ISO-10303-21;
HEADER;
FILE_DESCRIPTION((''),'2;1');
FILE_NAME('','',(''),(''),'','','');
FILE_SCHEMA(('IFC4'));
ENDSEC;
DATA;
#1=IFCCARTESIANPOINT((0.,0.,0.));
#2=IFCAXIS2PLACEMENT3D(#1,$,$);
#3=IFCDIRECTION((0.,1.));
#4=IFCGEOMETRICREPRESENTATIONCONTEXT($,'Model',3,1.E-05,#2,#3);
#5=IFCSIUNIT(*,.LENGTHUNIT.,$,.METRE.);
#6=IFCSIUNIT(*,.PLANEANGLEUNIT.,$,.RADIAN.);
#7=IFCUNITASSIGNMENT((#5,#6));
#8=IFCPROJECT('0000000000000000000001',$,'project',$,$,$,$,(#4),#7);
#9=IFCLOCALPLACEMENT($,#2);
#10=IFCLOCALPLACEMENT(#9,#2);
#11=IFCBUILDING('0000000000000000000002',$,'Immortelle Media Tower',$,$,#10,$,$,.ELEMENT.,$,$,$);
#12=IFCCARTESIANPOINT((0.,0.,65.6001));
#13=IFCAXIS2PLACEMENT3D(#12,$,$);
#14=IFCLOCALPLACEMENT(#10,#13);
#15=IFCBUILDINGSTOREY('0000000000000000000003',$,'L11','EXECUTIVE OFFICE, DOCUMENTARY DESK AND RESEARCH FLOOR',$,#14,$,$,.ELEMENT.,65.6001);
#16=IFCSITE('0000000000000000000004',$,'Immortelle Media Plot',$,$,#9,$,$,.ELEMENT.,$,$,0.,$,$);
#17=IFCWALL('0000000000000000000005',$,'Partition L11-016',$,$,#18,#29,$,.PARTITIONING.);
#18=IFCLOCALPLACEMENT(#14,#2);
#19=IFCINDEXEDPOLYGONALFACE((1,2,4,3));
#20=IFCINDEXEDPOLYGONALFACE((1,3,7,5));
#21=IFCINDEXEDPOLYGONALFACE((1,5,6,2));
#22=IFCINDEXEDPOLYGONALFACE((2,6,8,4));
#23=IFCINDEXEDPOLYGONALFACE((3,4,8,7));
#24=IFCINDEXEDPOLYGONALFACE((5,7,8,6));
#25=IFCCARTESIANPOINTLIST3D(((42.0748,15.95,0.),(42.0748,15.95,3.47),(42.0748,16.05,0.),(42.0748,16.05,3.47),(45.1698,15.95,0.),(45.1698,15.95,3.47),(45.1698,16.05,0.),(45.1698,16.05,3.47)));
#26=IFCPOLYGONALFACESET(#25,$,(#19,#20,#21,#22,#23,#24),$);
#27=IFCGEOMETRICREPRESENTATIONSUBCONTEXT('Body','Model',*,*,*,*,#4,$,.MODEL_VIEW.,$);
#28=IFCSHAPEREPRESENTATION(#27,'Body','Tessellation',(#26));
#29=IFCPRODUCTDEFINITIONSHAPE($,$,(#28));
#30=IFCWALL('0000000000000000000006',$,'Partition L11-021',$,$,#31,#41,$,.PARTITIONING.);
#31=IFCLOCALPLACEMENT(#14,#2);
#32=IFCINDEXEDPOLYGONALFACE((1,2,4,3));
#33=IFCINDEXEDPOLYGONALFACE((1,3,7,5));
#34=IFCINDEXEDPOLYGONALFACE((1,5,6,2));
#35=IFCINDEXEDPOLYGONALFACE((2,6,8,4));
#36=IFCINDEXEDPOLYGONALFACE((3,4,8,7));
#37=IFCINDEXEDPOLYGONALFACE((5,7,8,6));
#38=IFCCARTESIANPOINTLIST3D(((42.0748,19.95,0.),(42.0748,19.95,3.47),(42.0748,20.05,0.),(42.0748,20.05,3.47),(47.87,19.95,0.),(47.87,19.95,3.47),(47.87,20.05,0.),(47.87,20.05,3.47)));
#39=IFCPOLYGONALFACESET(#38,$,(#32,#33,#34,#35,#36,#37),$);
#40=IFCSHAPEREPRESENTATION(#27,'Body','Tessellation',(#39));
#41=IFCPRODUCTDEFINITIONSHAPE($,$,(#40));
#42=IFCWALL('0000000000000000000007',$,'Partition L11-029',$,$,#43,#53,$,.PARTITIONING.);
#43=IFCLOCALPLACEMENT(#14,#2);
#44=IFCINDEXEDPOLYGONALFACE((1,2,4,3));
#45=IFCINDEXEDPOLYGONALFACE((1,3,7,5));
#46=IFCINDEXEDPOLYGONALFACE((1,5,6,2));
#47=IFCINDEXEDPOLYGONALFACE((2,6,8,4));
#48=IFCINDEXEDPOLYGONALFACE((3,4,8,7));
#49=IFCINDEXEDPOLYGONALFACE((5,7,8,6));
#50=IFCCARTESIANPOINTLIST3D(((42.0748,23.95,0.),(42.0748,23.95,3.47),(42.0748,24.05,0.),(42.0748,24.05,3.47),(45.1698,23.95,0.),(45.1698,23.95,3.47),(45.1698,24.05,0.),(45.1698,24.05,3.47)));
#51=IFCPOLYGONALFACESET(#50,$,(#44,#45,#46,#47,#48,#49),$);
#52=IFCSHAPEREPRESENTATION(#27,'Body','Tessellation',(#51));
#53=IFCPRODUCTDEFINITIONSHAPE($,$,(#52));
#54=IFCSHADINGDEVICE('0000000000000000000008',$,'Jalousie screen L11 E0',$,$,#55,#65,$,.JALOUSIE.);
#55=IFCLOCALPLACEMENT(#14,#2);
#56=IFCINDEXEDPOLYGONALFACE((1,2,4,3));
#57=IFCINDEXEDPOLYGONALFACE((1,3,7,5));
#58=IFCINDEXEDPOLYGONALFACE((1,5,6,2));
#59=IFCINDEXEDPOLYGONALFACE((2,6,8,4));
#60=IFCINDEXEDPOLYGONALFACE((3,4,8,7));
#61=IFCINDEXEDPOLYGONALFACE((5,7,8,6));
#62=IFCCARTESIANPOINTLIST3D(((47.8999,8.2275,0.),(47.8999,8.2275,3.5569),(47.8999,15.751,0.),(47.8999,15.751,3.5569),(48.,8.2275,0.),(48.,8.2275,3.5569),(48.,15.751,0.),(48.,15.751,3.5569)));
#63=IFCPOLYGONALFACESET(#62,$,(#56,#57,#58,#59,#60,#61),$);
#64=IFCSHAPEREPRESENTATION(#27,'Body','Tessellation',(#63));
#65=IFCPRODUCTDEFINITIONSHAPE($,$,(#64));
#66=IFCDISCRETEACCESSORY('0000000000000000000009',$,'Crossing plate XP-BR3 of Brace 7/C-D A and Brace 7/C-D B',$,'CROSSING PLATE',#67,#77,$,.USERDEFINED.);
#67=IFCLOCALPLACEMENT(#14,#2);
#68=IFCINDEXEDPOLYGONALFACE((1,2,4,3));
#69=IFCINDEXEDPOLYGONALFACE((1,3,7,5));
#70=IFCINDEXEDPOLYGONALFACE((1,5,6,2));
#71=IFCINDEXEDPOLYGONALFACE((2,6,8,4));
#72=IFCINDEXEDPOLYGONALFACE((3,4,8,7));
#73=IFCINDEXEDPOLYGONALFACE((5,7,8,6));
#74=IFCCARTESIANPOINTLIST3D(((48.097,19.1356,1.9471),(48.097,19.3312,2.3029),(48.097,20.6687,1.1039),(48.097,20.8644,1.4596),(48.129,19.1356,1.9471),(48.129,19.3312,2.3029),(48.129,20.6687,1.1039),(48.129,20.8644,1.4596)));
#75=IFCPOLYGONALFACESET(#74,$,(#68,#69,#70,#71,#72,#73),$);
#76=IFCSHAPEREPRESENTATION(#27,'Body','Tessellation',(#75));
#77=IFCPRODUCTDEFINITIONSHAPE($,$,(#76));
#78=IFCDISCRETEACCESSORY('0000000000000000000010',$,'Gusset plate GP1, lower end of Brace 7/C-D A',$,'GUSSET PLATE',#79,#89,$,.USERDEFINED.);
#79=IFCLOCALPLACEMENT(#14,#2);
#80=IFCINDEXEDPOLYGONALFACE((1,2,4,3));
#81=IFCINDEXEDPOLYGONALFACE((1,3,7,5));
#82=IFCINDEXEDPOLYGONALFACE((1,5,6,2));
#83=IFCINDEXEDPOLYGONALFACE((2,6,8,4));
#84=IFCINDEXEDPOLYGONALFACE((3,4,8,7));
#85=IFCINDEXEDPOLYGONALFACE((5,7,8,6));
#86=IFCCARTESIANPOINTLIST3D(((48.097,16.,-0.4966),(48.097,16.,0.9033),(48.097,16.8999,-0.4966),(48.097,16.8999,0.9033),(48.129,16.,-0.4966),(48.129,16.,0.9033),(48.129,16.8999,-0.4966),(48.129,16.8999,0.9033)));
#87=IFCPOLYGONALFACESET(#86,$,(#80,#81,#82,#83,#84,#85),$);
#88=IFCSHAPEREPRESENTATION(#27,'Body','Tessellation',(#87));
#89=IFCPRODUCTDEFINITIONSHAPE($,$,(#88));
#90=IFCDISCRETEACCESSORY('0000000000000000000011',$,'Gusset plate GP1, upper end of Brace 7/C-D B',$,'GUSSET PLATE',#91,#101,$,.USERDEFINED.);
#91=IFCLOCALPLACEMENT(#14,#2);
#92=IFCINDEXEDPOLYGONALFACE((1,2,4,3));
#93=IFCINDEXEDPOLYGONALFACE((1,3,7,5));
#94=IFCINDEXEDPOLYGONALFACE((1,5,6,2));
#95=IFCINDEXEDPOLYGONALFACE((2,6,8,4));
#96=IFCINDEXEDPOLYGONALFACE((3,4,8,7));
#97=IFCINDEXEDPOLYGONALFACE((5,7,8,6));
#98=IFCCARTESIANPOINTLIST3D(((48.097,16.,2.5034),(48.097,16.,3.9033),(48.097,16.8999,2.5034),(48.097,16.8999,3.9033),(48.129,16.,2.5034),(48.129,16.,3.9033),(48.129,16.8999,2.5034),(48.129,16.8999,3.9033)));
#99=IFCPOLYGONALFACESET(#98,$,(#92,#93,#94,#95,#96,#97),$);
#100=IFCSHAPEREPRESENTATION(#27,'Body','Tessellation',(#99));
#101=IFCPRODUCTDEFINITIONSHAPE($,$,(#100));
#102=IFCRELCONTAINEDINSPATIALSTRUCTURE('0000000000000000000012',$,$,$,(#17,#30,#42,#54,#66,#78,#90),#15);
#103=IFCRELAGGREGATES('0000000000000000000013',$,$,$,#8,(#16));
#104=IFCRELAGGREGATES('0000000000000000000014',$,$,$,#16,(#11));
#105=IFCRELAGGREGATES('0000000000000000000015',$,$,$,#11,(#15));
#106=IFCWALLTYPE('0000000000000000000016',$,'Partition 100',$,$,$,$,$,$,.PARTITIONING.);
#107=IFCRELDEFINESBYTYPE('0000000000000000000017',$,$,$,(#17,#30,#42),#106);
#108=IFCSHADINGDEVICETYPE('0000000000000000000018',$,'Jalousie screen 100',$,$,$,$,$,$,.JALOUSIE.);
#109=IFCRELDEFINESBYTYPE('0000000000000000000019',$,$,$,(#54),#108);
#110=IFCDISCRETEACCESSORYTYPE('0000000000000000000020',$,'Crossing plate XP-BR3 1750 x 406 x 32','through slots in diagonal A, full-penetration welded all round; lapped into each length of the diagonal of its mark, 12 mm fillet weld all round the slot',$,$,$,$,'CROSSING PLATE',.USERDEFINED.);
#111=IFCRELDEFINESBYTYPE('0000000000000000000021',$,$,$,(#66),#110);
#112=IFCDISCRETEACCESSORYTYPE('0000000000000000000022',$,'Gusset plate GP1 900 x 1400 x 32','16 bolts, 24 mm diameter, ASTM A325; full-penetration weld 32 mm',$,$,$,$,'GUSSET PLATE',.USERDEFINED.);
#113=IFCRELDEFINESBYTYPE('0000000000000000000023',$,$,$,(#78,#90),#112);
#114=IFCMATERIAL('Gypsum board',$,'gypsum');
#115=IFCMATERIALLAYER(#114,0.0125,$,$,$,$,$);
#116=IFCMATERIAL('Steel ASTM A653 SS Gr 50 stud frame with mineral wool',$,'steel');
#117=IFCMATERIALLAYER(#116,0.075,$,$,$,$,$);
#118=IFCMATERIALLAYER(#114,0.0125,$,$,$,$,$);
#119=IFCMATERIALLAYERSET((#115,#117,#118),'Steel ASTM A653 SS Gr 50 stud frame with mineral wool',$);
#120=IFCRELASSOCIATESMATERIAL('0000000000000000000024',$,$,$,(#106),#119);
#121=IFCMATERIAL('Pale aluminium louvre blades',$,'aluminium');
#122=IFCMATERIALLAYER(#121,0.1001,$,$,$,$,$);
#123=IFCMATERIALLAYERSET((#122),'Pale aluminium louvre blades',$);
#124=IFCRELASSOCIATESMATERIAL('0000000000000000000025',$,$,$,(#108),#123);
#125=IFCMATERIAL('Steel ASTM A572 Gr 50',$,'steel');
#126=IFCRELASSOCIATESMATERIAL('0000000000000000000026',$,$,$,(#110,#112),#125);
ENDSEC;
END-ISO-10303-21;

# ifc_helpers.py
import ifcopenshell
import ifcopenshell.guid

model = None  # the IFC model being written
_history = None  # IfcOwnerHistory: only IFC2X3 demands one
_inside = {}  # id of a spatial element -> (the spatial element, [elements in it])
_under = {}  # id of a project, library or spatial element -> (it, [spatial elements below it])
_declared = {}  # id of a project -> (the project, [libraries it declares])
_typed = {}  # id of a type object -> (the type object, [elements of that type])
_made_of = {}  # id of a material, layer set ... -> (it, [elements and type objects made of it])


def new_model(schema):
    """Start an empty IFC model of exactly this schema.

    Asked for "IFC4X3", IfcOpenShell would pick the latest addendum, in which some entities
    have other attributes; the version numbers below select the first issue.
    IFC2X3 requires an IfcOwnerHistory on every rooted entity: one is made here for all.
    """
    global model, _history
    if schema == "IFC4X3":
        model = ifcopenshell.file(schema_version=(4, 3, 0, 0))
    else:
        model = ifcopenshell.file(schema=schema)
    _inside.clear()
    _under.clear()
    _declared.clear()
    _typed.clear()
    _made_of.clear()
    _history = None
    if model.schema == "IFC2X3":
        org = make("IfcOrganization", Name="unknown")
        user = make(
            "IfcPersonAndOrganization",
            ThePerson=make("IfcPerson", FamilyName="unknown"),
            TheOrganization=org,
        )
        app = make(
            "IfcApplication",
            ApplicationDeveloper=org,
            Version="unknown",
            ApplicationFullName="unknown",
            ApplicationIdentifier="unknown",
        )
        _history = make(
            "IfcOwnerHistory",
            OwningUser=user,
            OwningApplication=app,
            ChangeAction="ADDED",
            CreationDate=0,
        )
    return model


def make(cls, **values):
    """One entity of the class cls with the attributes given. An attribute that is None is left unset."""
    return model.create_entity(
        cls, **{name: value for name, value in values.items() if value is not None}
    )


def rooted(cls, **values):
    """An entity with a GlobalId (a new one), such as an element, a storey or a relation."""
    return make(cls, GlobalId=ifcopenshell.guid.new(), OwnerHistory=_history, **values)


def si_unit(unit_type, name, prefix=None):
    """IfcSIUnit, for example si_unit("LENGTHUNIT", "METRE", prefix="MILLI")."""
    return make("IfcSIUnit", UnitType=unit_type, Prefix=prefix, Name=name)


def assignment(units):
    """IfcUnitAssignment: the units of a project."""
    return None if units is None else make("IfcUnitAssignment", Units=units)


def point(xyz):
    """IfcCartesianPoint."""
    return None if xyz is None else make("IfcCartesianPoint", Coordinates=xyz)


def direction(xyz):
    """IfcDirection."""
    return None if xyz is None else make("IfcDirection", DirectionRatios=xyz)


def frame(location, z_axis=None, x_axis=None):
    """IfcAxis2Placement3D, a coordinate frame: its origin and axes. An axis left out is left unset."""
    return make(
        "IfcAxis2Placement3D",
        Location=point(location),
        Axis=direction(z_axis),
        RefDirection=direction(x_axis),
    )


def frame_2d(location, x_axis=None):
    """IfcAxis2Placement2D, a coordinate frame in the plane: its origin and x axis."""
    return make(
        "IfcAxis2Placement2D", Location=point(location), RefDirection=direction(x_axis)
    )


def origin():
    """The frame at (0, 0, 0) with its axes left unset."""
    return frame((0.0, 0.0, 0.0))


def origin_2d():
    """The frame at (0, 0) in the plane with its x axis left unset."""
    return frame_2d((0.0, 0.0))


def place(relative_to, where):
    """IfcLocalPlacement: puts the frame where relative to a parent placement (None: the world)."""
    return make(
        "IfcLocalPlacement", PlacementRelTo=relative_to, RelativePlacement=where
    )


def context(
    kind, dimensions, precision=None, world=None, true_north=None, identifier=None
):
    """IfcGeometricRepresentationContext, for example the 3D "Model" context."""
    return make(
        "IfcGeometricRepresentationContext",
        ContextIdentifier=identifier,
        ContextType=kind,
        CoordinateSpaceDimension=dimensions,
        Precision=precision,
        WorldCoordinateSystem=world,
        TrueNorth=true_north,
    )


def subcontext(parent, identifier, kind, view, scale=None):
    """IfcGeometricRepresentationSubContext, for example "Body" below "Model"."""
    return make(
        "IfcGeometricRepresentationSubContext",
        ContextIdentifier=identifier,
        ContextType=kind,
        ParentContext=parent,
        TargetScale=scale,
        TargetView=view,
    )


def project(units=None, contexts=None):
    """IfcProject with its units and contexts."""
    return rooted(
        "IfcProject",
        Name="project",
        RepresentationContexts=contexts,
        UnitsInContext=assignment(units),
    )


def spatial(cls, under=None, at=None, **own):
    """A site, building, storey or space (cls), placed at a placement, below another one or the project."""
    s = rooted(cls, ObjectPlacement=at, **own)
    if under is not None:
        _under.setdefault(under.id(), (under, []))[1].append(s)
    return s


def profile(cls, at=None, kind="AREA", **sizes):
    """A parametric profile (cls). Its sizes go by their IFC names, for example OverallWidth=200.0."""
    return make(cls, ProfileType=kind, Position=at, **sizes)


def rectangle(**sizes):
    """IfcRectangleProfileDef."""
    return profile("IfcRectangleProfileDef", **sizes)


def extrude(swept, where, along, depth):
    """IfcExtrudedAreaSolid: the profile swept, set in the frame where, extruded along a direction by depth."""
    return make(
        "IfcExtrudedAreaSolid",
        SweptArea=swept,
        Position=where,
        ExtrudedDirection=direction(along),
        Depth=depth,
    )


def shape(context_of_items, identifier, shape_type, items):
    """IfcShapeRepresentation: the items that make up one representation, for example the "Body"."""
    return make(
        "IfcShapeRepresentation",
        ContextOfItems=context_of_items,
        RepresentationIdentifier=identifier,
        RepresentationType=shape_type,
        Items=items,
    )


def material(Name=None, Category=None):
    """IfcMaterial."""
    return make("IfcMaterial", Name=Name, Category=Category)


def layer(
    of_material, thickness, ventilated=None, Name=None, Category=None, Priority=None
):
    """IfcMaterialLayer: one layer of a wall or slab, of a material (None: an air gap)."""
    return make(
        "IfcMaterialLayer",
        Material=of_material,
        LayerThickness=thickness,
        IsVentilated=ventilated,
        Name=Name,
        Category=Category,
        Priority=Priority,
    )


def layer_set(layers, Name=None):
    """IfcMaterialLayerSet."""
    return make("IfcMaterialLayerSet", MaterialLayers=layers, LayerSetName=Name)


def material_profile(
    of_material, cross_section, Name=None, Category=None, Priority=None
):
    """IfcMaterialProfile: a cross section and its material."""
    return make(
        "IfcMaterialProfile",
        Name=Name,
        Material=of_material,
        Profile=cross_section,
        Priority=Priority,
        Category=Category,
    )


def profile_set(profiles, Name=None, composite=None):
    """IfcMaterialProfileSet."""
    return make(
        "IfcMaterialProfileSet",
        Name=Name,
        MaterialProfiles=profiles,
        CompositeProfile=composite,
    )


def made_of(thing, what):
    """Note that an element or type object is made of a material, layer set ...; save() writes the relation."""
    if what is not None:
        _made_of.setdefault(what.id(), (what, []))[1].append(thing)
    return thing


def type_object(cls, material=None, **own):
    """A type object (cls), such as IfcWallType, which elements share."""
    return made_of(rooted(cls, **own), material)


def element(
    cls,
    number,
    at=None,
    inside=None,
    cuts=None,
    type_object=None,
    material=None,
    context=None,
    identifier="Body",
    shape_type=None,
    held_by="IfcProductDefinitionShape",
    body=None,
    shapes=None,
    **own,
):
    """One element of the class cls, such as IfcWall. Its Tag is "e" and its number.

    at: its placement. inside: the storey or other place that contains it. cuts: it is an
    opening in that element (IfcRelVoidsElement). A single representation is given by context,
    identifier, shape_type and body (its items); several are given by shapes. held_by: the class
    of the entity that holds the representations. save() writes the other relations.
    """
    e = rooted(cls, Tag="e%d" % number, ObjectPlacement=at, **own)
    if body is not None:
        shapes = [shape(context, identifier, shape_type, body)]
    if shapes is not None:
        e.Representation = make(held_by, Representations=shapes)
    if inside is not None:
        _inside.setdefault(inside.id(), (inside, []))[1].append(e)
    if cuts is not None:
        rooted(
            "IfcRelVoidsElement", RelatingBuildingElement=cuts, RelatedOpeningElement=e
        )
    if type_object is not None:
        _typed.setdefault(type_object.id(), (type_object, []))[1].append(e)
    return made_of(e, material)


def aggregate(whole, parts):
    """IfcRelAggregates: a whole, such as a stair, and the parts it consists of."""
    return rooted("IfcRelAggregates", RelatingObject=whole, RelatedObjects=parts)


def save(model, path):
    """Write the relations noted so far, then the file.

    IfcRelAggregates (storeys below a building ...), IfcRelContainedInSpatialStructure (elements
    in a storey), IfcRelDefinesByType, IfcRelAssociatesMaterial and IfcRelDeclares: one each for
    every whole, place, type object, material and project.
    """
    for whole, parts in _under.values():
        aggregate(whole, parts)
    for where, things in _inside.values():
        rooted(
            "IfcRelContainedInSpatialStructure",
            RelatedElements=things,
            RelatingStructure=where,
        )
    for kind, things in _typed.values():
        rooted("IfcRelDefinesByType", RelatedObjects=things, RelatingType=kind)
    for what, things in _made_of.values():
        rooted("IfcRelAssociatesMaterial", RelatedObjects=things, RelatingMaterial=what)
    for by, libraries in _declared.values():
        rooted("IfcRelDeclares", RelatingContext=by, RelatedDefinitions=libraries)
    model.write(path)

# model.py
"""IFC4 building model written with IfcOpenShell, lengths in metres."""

from ifc_helpers import new_model, si_unit, direction, frame, frame_2d, origin, origin_2d, place, context, subcontext, project, spatial, rectangle, extrude, material, layer, layer_set, material_profile, profile_set, type_object, element, save


model = new_model("IFC4")

# Units and contexts
model_context = context("Model", 3, precision=1e-05, world=origin(), true_north=direction((0.0, 1.0)))
body_context = subcontext(model_context, "Body", "Model", "MODEL_VIEW")
ifc_project = project(units=[si_unit("LENGTHUNIT", "METRE"), si_unit("PLANEANGLEUNIT", "RADIAN")], contexts=[model_context])

# Site, building, storey
site_placement = place(None, origin())
site = spatial("IfcSite", under=ifc_project, at=site_placement, Name="Immortelle Media Plot", CompositionType="ELEMENT", RefElevation=0.0)
building_placement = place(site_placement, origin())
building = spatial("IfcBuilding", under=site, at=building_placement, Name="Immortelle Media Tower", CompositionType="ELEMENT")
storey_placement = place(building_placement, frame((0.0, 0.0, 65.6001)))
storey = spatial("IfcBuildingStorey", under=building, at=storey_placement, Name="L11", Description="EXECUTIVE OFFICE, DOCUMENTARY DESK AND RESEARCH FLOOR", CompositionType="ELEMENT", Elevation=65.6001)

# Shared definitions
ifc_material_1 = material(Name="Steel ASTM A653 SS Gr 50 stud frame with mineral wool", Category="steel")

# Walls
ifc_material_2 = material(Name="Gypsum board", Category="gypsum")
ifc_layer_1 = layer(ifc_material_2, 0.0125)
ifc_layer_2 = layer(ifc_material_1, 0.075)
ifc_layer_3 = layer(ifc_material_2, 0.0125)
ifc_layer_set_1 = layer_set([ifc_layer_1, ifc_layer_2, ifc_layer_3], Name="Steel ASTM A653 SS Gr 50 stud frame with mineral wool")
wall_type_1 = type_object("IfcWallType", Name="Partition 100", PredefinedType="PARTITIONING", material=ifc_layer_set_1)
wall_1_placement = place(storey_placement, frame((42.075, 16.0, 0.0), z_axis=(0.0, 0.0, 1.0), x_axis=(1.0, 0.0, 0.0)))
element("IfcWall", 1, at=wall_1_placement, inside=storey, type_object=wall_type_1, Name="Partition L11-016", PredefinedType="PARTITIONING", context=body_context, shape_type="SweptSolid", body=[
    extrude(rectangle(XDim=3.095, YDim=0.1001, at=frame_2d((1.5474, 0.0))), origin(), (0.0, 0.0, 1.0), 3.47),
])
wall_2_placement = place(storey_placement, frame((42.075, 20.0, 0.0), z_axis=(0.0, 0.0, 1.0), x_axis=(1.0, 0.0, 0.0)))
element("IfcWall", 2, at=wall_2_placement, inside=storey, type_object=wall_type_1, Name="Partition L11-021", PredefinedType="PARTITIONING", context=body_context, shape_type="SweptSolid", body=[
    extrude(rectangle(XDim=5.7952, YDim=0.1001, at=frame_2d((2.8975, 0.0))), origin(), (0.0, 0.0, 1.0), 3.47),
])
wall_3_placement = place(storey_placement, frame((42.075, 24.0, 0.0), z_axis=(0.0, 0.0, 1.0), x_axis=(1.0, 0.0, 0.0)))
element("IfcWall", 3, at=wall_3_placement, inside=storey, type_object=wall_type_1, Name="Partition L11-029", PredefinedType="PARTITIONING", context=body_context, shape_type="SweptSolid", body=[
    extrude(rectangle(XDim=3.095, YDim=0.1001, at=frame_2d((1.5474, 0.0))), origin(), (0.0, 0.0, 1.0), 3.47),
])

# Shading device
ifc_material_3 = material(Name="Pale aluminium louvre blades", Category="aluminium")
ifc_layer_4 = layer(ifc_material_3, 0.1001)
ifc_layer_set_2 = layer_set([ifc_layer_4], Name="Pale aluminium louvre blades")
shading_device_type = type_object("IfcShadingDeviceType", Name="Jalousie screen 100", PredefinedType="JALOUSIE", material=ifc_layer_set_2)
shading_device_placement = place(storey_placement, frame((47.95, 11.9893, 0.0), z_axis=(0.0, 0.0, 1.0), x_axis=(0.0, 1.0, 0.0)))
element("IfcShadingDevice", 4, at=shading_device_placement, inside=storey, type_object=shading_device_type, Name="Jalousie screen L11 E0", PredefinedType="JALOUSIE", context=body_context, shape_type="SweptSolid", body=[
    extrude(rectangle(XDim=7.5234, YDim=0.1001, at=origin_2d()), origin(), (0.0, 0.0, 1.0), 3.5569),
])

# Discrete accessories
ifc_material_4 = material(Name="Steel ASTM A572 Gr 50", Category="steel")
ifc_material_profile_1 = material_profile(ifc_material_4, rectangle(XDim=0.032, YDim=0.406, at=origin_2d()), Name="PL 32 x 406")
ifc_profile_set_1 = profile_set([ifc_material_profile_1], Name="Steel ASTM A572 Gr 50")
discrete_accessory_type_1 = type_object("IfcDiscreteAccessoryType", Name="Crossing plate XP-BR3 1750 x 406 x 32", Description="through slots in diagonal A, full-penetration welded all round; lapped into each length of the diagonal of its mark, 12 mm fillet weld all round the slot", ElementType="CROSSING PLATE", PredefinedType="USERDEFINED", material=ifc_profile_set_1)
discrete_accessory_placement = place(storey_placement, frame((48.113, 19.2334, 2.125), z_axis=(0.0, 0.876216, -0.481919), x_axis=(-1.0, 0.0, 0.0)))
element("IfcDiscreteAccessory", 5, at=discrete_accessory_placement, inside=storey, type_object=discrete_accessory_type_1, Name="Crossing plate XP-BR3 of Brace 7/C-D A and Brace 7/C-D B", ObjectType="CROSSING PLATE", PredefinedType="USERDEFINED", context=body_context, shape_type="SweptSolid", body=[
    extrude(rectangle(XDim=0.032, YDim=0.406, at=origin_2d()), origin(), (0.0, 0.0, 1.0), 1.7498),
])
ifc_material_profile_2 = material_profile(ifc_material_4, rectangle(XDim=0.032, YDim=1.3999, at=origin_2d()), Name="PL 32 x 1400")
ifc_profile_set_2 = profile_set([ifc_material_profile_2], Name="Steel ASTM A572 Gr 50")
discrete_accessory_type_2 = type_object("IfcDiscreteAccessoryType", Name="Gusset plate GP1 900 x 1400 x 32", Description="16 bolts, 24 mm diameter, ASTM A325; full-penetration weld 32 mm", ElementType="GUSSET PLATE", PredefinedType="USERDEFINED", material=ifc_profile_set_2)
for number, where, z_axis, x_axis, name in (
    (6, (48.113, 16.0, 0.2034), (0.0, 1.0, 0.0), (-1.0, 0.0, 0.0), "Gusset plate GP1, lower end of Brace 7/C-D A"),
    (7, (48.113, 16.0, 3.2034), (0.0, 1.0, 0.0), (-1.0, 0.0, 0.0), "Gusset plate GP1, upper end of Brace 7/C-D B"),
):
    element("IfcDiscreteAccessory", number, at=place(storey_placement, frame(where, z_axis=z_axis, x_axis=x_axis)), inside=storey, type_object=discrete_accessory_type_2, Name=name, ObjectType="GUSSET PLATE", PredefinedType="USERDEFINED", context=body_context, shape_type="SweptSolid", body=[
        extrude(rectangle(XDim=0.032, YDim=1.3999, at=origin_2d()), origin(), (0.0, 0.0, 1.0), 0.8999),
    ])

save(model, "model.ifc")
